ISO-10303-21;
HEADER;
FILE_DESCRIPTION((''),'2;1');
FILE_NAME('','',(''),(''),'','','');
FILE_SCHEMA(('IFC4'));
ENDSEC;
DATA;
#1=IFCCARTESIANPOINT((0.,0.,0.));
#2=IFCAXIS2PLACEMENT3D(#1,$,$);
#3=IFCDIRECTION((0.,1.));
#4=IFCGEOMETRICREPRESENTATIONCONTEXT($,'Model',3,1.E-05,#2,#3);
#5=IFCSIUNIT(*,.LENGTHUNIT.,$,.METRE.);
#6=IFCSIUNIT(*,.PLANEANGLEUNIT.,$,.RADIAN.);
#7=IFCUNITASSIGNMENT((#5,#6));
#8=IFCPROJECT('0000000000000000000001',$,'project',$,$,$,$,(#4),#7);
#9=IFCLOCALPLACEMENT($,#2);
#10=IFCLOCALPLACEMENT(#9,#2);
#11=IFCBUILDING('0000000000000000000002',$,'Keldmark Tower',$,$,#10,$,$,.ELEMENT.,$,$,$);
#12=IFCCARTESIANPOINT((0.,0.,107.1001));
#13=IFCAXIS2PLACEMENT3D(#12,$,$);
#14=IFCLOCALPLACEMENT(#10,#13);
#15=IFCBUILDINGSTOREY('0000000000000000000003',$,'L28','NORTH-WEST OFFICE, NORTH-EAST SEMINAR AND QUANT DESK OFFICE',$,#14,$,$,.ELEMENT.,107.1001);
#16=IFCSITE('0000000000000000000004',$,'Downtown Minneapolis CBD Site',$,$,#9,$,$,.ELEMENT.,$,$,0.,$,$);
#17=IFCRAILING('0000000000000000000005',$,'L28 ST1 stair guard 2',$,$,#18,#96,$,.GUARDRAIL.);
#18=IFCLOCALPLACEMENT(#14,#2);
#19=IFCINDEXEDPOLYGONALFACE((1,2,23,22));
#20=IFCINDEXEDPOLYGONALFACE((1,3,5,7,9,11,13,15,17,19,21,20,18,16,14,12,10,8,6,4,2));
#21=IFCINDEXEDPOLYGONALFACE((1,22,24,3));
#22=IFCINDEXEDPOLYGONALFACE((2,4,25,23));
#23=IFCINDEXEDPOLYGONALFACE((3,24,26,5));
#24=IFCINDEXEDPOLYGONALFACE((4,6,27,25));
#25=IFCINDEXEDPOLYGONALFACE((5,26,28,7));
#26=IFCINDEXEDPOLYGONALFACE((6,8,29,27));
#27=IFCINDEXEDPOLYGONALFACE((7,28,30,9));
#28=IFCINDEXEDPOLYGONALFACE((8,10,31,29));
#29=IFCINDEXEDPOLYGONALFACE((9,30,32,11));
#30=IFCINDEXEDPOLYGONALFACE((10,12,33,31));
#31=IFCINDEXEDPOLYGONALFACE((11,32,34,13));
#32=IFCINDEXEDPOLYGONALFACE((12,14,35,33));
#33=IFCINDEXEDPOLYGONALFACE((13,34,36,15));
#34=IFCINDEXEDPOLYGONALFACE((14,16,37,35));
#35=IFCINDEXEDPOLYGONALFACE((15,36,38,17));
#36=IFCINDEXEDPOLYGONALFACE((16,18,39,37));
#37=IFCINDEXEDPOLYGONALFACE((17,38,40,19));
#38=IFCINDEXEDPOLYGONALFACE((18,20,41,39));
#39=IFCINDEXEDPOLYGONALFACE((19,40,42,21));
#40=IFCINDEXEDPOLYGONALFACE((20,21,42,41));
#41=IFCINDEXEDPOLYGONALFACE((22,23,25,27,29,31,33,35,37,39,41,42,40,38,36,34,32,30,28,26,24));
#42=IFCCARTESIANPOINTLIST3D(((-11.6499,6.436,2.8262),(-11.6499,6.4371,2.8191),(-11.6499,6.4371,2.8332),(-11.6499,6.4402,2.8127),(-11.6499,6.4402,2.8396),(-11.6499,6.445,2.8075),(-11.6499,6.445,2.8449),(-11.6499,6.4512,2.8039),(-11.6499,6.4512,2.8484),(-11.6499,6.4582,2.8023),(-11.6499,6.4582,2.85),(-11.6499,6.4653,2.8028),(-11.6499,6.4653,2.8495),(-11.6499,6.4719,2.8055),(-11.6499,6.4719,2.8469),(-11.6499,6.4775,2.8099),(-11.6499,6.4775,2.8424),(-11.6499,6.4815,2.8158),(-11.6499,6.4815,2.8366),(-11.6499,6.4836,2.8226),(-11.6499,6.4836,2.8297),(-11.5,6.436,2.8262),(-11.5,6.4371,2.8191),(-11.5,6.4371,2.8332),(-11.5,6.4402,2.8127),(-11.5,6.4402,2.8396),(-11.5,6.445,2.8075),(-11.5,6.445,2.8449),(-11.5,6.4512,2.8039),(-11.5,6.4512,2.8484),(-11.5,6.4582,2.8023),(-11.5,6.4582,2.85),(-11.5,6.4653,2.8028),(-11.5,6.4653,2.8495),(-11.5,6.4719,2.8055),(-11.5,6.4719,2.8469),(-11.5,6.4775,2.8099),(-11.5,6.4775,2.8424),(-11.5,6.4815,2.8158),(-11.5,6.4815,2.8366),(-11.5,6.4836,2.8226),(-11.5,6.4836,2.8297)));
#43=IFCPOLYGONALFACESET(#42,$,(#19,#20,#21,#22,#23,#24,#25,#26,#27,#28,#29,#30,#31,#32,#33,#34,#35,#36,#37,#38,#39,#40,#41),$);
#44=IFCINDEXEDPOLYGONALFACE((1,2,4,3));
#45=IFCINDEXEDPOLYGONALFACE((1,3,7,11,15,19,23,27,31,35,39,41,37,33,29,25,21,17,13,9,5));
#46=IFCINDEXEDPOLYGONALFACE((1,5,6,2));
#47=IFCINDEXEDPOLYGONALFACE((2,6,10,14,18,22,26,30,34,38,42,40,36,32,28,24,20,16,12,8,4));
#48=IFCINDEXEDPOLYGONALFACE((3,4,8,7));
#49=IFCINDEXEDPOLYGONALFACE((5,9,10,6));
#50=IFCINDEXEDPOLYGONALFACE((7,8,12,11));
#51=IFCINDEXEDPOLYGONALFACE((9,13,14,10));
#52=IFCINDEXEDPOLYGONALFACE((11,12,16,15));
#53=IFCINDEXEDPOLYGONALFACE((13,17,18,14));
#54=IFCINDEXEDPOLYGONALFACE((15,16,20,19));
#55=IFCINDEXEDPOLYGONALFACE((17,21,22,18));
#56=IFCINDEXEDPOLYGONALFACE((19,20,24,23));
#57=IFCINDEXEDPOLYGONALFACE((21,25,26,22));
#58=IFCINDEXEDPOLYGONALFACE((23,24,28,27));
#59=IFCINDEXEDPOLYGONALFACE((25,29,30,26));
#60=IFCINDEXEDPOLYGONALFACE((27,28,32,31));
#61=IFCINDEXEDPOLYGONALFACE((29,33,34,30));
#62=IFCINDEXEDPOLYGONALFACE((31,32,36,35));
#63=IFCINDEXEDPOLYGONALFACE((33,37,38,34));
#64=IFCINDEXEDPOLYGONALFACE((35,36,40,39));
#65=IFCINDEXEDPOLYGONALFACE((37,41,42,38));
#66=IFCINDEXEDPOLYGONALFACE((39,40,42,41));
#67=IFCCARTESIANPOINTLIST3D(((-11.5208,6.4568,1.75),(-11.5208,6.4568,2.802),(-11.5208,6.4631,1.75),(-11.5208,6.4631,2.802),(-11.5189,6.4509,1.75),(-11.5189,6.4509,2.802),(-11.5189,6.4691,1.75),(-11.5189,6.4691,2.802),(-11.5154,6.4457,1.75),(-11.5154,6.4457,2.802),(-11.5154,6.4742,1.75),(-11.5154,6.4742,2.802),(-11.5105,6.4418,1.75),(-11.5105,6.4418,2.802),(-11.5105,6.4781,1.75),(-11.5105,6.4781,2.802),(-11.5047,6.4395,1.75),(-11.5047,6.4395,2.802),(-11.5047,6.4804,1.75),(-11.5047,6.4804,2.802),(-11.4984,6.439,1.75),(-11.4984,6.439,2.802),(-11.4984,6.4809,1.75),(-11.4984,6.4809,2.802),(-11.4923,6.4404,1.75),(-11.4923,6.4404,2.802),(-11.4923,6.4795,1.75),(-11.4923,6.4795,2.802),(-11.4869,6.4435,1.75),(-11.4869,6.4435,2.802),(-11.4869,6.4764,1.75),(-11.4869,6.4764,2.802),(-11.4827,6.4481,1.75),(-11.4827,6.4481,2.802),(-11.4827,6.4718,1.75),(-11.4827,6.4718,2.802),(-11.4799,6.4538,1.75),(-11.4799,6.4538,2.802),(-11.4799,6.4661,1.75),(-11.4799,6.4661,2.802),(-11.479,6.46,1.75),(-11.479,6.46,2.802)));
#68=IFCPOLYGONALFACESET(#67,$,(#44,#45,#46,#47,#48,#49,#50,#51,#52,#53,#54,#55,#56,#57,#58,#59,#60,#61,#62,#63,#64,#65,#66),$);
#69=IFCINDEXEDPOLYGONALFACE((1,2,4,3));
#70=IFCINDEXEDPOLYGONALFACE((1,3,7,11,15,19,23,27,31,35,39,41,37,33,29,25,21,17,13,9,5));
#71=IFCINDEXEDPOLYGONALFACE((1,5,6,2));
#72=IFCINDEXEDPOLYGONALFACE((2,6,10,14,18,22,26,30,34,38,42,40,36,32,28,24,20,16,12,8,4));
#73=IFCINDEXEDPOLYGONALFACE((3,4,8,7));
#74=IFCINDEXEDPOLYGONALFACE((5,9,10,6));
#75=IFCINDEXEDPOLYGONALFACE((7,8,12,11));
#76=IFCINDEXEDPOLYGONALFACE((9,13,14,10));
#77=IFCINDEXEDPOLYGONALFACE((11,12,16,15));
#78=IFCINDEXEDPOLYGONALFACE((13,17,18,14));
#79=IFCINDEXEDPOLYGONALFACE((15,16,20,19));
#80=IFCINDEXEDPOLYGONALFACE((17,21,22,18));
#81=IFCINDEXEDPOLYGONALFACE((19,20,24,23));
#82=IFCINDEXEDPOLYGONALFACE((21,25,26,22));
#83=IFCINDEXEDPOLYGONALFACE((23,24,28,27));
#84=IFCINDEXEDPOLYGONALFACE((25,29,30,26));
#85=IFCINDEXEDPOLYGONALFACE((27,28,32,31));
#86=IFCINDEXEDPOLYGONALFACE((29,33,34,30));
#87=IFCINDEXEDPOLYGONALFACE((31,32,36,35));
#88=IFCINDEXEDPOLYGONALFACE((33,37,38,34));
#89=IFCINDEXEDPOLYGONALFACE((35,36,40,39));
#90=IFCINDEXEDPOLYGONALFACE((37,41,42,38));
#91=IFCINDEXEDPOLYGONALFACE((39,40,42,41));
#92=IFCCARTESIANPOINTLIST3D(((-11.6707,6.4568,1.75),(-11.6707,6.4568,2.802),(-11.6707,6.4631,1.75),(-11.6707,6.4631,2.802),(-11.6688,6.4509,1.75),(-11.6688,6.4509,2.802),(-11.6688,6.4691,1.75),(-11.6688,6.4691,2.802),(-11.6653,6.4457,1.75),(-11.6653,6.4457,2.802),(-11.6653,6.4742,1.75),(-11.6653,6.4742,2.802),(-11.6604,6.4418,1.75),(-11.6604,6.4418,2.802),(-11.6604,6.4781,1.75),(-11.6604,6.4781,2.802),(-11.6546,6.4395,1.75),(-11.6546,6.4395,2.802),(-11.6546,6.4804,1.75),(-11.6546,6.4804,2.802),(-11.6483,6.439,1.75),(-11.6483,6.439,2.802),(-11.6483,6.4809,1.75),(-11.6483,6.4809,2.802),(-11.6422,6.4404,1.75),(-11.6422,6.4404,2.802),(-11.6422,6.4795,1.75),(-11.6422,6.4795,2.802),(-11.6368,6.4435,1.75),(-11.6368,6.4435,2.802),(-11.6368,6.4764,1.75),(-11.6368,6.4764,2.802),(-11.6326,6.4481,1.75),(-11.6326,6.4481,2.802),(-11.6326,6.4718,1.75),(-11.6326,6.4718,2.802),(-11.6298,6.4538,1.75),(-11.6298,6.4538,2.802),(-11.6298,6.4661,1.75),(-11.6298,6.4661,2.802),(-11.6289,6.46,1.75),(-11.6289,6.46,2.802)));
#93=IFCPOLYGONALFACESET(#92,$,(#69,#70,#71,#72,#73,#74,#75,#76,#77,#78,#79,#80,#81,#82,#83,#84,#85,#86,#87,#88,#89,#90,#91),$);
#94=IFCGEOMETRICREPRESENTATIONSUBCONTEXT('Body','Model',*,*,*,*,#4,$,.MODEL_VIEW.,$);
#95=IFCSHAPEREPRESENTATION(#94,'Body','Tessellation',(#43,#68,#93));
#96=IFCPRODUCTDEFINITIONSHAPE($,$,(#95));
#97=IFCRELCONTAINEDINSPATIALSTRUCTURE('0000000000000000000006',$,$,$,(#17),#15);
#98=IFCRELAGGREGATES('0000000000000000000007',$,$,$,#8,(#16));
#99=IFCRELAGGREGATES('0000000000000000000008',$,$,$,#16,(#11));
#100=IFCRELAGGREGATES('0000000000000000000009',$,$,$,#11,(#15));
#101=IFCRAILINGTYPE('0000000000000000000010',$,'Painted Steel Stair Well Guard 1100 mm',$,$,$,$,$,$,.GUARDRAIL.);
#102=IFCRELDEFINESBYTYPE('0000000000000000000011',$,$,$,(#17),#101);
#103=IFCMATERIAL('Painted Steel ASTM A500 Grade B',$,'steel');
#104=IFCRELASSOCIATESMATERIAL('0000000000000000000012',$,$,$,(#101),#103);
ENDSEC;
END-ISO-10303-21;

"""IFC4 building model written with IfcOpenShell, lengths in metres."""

from ifc_helpers import new_model, si_unit, direction, frame, origin, origin_2d, place, context, subcontext, project, spatial, circle, extrude, material, type_object, element, save


model = new_model("IFC4")

# Units and contexts
model_context = context("Model", 3, precision=1e-05, world=origin(), true_north=direction((0.0, 1.0)))
body_context = subcontext(model_context, "Body", "Model", "MODEL_VIEW")
ifc_project = project(units=[si_unit("LENGTHUNIT", "METRE"), si_unit("PLANEANGLEUNIT", "RADIAN")], contexts=[model_context])

# Site, building, storey
site_placement = place(None, origin())
site = spatial("IfcSite", under=ifc_project, at=site_placement, Name="Downtown Minneapolis CBD Site", CompositionType="ELEMENT", RefElevation=0.0)
building_placement = place(site_placement, origin())
building = spatial("IfcBuilding", under=site, at=building_placement, Name="Keldmark Tower", CompositionType="ELEMENT")
storey_placement = place(building_placement, frame((0.0, 0.0, 107.1001)))
storey = spatial("IfcBuildingStorey", under=building, at=storey_placement, Name="L28", Description="NORTH-WEST OFFICE, NORTH-EAST SEMINAR AND QUANT DESK OFFICE", CompositionType="ELEMENT", Elevation=107.1001)

# Railing
ifc_material_1 = material(Name="Painted Steel ASTM A500 Grade B", Category="steel")
railing_type_1 = type_object("IfcRailingType", Name="Painted Steel Stair Well Guard 1100 mm", PredefinedType="GUARDRAIL", material=ifc_material_1)
railing_1_placement = place(storey_placement, frame((-11.5, 6.46, 1.75)))
element("IfcRailing", 1, at=railing_1_placement, inside=storey, type_object=railing_type_1, Name="L28 ST1 stair guard 2", PredefinedType="GUARDRAIL", context=body_context, shape_type="SweptSolid", body=[
    extrude(circle(Radius=0.0239, at=origin_2d()), frame((0.0, 0.0, 1.0762), z_axis=(-1.0, 0.0, 0.0), x_axis=(0.0, -1.0, 0.0)), (0.0, 0.0, 1.0), 0.1499),
    extrude(circle(Radius=0.021, at=origin_2d()), origin(), (0.0, 0.0, 1.0), 1.052),
    extrude(circle(Radius=0.021, at=origin_2d()), frame((-0.1499, 0.0, 0.0)), (0.0, 0.0, 1.0), 1.052),
])

save(model, "model.ifc")
